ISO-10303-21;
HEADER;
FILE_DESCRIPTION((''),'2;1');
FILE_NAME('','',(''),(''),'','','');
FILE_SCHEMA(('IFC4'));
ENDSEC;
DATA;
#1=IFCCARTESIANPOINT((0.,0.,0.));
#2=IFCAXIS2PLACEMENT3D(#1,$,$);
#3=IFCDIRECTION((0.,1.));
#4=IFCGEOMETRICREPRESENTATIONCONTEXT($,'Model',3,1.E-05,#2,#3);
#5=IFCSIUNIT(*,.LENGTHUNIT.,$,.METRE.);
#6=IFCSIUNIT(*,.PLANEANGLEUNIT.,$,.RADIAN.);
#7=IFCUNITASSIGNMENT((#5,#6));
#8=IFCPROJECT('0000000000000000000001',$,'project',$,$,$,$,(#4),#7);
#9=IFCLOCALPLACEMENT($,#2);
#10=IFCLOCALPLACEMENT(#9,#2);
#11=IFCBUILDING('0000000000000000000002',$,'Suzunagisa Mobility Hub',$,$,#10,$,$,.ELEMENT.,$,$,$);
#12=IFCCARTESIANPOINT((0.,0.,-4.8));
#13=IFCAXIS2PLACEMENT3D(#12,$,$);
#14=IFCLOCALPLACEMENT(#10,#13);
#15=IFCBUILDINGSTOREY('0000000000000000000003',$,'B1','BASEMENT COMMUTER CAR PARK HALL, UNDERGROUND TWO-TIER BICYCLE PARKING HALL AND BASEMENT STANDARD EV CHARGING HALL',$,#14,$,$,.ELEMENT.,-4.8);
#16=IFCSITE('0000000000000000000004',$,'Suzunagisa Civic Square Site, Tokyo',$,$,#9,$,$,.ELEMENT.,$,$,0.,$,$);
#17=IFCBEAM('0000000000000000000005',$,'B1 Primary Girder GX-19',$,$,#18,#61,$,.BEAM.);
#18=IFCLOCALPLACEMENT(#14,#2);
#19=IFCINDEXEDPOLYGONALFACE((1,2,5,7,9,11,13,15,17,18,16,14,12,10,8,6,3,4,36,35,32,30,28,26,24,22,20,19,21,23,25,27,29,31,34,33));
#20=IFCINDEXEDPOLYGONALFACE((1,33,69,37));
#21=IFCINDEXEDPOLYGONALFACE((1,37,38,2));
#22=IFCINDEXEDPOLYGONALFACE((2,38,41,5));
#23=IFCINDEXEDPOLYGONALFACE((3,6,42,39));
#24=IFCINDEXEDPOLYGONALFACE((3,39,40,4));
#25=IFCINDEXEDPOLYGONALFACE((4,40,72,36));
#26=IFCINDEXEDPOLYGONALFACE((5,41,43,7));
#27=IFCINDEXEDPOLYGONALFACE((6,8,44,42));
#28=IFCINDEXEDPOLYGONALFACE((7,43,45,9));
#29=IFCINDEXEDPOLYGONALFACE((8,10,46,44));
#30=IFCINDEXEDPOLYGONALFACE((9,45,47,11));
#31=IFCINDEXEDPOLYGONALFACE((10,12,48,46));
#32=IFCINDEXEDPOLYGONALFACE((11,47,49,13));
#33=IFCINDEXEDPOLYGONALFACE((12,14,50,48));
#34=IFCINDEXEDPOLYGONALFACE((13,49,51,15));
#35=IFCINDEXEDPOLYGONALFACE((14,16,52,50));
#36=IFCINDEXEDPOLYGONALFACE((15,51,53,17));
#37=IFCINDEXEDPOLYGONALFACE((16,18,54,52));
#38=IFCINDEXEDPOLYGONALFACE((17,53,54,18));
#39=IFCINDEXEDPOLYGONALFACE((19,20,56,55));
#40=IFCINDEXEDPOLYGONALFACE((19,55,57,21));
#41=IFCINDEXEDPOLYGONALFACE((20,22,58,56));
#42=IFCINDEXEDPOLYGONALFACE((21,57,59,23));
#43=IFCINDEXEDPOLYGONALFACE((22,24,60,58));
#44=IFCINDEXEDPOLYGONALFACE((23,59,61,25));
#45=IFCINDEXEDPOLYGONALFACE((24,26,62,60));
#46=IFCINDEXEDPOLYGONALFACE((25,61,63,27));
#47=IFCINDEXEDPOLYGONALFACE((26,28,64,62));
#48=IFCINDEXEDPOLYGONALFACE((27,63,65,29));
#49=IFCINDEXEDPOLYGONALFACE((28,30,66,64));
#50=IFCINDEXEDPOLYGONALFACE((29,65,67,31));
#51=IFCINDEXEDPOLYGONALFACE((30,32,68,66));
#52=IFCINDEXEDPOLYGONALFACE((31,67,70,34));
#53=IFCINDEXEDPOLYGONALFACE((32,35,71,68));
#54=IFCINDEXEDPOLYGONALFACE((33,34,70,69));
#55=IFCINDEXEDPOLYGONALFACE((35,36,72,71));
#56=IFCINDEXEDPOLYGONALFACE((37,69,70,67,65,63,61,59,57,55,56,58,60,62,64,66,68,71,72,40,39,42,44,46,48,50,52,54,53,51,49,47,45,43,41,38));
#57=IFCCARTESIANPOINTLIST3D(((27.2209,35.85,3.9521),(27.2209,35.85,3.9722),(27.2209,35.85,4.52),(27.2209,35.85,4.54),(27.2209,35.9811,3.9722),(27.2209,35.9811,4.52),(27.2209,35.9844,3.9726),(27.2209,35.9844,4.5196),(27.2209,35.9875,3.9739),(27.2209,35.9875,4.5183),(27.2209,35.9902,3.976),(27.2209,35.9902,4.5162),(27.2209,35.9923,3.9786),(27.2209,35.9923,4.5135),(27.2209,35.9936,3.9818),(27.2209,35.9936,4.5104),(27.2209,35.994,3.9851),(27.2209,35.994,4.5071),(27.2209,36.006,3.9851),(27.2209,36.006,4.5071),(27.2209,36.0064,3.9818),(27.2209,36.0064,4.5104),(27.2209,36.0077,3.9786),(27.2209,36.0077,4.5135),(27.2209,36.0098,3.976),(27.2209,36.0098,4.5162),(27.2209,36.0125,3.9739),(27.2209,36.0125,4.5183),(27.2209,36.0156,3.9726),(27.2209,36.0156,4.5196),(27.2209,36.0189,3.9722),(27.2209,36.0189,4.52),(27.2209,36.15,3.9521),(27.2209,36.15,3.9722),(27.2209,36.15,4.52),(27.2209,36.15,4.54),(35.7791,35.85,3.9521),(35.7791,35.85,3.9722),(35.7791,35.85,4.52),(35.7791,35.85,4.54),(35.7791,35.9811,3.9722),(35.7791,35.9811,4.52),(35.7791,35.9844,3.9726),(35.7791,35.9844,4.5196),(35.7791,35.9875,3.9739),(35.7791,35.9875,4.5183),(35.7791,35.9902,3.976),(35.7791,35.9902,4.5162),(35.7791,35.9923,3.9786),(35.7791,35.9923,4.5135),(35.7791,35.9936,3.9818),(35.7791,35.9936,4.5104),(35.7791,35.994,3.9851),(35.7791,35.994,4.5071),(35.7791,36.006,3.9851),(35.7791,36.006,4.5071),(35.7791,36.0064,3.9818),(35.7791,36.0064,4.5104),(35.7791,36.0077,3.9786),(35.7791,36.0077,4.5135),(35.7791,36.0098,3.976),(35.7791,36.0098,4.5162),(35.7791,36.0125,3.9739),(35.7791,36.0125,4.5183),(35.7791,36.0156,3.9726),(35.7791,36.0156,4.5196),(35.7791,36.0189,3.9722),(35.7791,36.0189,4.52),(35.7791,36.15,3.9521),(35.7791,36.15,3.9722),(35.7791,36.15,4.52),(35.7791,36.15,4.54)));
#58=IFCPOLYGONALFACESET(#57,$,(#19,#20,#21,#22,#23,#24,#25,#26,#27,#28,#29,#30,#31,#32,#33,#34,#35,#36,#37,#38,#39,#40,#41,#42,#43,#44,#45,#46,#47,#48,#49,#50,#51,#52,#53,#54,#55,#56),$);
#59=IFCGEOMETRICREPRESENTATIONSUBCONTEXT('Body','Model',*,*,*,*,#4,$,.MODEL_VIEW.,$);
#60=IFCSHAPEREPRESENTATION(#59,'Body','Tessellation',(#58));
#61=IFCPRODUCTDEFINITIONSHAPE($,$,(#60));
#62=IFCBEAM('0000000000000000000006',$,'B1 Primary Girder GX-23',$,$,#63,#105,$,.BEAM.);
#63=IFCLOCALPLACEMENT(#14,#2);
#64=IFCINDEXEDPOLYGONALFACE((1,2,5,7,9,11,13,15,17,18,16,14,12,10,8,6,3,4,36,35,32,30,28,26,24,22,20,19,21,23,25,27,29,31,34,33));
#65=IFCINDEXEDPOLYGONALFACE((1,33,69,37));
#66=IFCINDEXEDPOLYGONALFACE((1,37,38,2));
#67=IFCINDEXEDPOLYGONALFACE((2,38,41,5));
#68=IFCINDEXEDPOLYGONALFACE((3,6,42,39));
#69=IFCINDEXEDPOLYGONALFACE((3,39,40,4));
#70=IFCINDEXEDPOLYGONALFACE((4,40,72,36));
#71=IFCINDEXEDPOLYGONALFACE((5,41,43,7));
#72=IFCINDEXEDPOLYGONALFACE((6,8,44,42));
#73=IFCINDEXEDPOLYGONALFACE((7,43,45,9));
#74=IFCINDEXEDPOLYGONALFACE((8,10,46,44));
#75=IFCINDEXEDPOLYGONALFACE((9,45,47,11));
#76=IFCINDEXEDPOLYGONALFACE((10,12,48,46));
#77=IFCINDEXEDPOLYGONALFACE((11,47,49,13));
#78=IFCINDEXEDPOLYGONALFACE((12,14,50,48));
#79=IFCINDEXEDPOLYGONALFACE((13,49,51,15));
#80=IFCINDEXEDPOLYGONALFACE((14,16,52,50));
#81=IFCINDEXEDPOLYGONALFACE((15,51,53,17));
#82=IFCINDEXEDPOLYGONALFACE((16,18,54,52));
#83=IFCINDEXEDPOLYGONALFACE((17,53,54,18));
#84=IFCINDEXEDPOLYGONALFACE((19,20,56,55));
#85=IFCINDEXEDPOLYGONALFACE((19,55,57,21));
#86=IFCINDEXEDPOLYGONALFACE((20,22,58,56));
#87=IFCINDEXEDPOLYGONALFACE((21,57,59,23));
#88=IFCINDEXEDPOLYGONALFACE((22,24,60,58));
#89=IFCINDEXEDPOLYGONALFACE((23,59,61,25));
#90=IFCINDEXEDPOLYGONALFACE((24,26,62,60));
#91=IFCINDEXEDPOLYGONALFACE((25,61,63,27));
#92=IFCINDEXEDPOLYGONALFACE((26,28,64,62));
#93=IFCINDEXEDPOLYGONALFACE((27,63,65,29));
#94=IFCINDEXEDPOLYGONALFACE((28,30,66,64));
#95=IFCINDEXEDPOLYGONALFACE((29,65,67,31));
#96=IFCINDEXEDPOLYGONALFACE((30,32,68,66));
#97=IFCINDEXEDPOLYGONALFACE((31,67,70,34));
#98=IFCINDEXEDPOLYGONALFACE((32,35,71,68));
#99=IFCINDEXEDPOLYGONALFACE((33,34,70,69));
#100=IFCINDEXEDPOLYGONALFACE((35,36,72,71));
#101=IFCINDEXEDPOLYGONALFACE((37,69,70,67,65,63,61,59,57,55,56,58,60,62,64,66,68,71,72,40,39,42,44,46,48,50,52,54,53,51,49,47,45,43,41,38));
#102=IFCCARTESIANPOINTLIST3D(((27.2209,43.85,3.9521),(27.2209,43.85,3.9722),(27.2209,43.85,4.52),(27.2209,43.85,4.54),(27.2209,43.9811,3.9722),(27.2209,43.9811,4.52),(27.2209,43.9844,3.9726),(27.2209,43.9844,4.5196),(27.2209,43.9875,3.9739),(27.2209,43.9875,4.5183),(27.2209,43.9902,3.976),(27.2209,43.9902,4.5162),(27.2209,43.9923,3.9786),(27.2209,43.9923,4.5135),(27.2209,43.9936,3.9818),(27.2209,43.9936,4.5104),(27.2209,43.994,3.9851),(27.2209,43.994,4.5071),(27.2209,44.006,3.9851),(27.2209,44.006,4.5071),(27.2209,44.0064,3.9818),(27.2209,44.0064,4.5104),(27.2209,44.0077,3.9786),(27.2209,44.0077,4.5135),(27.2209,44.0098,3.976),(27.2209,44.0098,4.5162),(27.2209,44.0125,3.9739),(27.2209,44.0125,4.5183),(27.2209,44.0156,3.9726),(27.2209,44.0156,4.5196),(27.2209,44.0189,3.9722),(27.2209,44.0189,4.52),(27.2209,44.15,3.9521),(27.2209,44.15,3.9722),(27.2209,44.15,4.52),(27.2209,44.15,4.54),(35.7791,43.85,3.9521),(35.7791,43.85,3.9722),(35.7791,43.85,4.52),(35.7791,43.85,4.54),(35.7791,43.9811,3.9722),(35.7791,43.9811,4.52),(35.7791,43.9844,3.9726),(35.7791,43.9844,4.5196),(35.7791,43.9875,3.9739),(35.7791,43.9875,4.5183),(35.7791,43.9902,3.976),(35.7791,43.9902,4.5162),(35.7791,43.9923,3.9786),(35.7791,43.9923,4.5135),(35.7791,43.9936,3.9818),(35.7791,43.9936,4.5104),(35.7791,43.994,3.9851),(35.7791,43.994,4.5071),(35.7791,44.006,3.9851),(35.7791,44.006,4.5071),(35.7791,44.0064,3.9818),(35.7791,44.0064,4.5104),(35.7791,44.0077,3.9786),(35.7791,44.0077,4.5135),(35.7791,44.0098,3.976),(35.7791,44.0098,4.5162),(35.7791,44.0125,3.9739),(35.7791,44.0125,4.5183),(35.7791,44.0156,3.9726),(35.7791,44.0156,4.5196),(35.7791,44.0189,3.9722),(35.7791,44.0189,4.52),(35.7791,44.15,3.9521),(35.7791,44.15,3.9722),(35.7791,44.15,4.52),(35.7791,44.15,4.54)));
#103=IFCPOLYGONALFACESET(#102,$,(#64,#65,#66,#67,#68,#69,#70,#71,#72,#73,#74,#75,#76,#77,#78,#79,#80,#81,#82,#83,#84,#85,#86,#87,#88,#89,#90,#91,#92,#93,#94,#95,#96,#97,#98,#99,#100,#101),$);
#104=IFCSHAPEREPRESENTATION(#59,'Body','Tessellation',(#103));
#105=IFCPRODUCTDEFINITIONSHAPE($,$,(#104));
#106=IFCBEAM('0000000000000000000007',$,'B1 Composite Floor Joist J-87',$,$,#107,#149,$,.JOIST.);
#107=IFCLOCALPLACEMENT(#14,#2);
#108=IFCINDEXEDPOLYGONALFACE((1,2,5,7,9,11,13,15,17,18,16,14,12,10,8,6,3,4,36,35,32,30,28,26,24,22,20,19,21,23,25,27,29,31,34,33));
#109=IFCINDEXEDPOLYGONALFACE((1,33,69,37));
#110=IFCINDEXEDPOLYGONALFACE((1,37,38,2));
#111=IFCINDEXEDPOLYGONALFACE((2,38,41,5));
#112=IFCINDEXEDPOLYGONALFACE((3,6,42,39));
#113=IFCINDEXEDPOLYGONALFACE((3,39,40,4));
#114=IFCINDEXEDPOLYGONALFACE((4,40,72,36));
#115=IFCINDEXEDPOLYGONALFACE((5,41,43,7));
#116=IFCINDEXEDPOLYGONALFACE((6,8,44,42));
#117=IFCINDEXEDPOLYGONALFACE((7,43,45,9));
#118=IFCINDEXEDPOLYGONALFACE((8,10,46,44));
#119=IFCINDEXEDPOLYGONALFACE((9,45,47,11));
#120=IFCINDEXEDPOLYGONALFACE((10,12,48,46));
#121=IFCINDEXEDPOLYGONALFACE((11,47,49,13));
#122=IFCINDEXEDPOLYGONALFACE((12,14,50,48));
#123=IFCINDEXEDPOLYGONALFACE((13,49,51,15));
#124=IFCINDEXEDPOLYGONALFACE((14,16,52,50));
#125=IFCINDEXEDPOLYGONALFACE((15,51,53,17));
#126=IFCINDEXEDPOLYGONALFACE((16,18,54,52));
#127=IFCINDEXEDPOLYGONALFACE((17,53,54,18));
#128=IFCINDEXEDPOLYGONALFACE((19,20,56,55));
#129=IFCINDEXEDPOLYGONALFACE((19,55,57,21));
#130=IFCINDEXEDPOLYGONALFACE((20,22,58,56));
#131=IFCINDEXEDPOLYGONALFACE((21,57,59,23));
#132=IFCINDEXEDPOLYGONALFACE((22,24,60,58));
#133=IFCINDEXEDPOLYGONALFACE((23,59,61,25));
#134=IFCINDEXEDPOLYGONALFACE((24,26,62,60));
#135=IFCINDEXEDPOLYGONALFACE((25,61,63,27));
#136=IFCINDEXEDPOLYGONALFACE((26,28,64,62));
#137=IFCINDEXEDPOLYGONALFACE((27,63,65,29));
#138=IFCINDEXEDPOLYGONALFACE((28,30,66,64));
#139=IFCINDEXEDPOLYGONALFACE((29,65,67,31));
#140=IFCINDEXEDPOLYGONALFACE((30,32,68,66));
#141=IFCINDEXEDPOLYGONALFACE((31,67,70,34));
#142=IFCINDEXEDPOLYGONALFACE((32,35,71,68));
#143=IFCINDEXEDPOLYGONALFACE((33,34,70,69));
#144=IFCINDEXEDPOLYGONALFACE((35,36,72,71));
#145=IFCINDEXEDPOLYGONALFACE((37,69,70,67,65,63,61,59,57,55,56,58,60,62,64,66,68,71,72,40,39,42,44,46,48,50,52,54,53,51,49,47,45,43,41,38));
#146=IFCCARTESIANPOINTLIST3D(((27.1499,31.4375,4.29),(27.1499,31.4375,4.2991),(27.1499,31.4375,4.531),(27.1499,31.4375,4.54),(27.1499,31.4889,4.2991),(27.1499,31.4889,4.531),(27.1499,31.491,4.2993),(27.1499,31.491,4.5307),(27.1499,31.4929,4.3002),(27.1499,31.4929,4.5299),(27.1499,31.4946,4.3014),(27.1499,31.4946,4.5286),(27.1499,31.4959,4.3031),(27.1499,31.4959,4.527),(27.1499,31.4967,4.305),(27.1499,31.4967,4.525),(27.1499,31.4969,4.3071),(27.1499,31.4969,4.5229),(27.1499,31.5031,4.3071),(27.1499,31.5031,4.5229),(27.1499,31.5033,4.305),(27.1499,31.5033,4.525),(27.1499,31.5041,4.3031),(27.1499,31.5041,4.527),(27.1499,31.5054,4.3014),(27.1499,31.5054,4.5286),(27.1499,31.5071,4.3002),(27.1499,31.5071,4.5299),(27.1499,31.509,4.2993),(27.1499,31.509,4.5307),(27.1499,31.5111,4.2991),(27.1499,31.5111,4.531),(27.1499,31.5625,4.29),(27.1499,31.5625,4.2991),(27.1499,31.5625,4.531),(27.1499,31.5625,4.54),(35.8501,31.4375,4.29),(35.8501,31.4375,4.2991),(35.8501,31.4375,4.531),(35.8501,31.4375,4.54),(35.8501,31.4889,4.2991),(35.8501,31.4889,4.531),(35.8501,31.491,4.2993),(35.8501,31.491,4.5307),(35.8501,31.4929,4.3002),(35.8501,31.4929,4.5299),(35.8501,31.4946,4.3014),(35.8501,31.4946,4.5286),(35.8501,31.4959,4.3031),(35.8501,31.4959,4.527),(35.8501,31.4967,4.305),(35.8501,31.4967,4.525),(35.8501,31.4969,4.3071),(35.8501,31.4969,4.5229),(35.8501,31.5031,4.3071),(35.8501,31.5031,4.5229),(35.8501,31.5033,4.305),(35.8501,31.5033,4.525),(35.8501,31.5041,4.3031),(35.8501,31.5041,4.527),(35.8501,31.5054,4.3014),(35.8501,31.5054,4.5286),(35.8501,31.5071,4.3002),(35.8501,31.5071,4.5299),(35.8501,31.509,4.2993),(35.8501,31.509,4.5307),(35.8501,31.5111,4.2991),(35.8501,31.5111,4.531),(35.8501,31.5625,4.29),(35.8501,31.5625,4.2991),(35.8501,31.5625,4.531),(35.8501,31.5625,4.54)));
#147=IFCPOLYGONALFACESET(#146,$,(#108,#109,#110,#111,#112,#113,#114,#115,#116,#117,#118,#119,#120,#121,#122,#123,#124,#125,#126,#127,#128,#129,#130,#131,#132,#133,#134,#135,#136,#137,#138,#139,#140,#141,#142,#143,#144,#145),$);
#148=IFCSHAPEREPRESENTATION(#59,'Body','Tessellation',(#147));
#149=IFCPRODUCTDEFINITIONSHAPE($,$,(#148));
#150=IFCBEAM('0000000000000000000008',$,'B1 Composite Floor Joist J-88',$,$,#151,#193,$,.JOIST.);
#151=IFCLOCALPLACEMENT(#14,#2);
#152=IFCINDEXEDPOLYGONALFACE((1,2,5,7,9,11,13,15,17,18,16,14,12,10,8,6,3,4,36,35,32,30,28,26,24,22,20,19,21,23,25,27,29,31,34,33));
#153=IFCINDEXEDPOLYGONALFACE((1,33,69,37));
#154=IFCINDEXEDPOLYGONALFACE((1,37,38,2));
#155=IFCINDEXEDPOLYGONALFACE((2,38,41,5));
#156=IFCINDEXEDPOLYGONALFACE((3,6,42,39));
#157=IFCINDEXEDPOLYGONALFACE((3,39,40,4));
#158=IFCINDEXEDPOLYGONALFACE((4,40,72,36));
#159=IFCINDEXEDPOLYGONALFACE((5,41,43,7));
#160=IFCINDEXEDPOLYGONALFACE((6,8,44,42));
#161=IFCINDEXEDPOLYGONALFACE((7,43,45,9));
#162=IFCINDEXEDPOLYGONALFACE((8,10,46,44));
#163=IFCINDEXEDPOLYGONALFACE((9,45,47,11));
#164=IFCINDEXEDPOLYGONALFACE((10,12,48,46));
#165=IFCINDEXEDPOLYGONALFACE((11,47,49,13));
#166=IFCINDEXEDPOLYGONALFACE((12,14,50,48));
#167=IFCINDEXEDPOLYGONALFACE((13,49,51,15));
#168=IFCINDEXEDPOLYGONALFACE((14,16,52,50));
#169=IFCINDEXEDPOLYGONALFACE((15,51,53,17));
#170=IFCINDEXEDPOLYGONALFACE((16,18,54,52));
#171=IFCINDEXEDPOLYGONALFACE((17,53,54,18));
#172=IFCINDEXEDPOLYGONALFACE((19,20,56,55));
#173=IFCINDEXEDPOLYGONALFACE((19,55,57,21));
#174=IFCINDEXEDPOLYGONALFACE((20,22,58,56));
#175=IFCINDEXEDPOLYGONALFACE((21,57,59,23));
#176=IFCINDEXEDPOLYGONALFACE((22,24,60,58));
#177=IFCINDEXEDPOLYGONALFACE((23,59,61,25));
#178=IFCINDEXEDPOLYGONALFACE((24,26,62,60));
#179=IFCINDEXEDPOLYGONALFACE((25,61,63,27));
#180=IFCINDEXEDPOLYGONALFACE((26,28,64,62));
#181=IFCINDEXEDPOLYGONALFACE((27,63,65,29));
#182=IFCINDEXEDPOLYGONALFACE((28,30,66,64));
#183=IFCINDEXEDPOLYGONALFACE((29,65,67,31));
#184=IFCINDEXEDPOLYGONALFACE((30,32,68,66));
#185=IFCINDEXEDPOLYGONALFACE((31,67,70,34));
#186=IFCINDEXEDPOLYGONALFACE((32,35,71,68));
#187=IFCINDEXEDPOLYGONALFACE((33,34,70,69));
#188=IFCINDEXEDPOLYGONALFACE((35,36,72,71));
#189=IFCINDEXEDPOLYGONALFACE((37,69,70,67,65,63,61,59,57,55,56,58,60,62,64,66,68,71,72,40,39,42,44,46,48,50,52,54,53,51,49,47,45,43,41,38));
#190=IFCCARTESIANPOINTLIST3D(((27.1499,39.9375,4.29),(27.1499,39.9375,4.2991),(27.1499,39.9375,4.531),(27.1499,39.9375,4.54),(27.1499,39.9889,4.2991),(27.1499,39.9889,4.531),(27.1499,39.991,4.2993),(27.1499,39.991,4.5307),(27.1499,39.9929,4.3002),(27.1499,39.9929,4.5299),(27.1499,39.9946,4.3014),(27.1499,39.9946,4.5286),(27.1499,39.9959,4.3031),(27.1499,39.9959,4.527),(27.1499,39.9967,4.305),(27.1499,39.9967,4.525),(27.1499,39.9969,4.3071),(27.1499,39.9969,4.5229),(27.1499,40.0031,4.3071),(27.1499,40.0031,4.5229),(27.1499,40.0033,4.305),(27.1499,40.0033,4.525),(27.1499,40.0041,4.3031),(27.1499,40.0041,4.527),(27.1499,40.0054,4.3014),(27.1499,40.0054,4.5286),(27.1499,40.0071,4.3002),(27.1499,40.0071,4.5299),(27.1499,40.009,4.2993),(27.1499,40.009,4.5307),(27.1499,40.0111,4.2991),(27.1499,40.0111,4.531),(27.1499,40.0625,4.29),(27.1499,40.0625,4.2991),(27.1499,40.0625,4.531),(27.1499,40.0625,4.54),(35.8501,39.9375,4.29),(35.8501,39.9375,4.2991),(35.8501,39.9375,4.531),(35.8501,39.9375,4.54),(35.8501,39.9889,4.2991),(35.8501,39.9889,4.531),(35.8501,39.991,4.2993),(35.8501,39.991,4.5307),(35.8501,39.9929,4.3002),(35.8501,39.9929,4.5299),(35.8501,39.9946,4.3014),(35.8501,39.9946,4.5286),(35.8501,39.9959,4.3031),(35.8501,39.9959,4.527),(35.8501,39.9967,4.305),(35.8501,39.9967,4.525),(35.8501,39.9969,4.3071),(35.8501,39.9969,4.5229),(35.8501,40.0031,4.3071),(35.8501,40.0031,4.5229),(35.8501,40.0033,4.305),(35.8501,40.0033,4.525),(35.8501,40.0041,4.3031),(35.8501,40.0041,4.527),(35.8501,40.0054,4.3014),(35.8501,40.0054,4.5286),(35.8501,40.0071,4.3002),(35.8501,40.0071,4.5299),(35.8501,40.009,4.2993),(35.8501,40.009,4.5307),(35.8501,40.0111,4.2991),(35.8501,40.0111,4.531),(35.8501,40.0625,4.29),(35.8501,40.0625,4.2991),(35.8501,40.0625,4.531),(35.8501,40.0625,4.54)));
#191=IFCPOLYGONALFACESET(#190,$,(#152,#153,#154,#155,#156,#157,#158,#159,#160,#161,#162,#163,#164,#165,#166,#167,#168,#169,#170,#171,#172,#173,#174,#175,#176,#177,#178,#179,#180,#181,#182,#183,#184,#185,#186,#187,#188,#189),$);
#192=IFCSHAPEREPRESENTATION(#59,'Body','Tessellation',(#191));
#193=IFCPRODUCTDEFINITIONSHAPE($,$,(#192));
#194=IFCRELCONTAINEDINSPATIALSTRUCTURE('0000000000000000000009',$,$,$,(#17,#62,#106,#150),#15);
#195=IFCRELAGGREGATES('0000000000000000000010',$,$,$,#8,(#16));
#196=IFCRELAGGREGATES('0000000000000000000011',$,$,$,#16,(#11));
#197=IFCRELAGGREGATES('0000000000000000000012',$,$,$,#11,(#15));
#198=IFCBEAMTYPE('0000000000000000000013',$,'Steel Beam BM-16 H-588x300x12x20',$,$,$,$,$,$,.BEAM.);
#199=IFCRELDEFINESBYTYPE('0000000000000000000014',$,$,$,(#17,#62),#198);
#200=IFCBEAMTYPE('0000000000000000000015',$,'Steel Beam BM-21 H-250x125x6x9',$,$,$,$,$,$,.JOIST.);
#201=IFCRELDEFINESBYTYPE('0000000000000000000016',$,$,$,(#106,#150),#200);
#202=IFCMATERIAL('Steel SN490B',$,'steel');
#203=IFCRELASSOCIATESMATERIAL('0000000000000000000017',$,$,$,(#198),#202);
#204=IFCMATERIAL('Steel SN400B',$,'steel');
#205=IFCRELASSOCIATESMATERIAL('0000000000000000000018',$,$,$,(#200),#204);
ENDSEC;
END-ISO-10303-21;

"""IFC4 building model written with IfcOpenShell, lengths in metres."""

from ifc_helpers import new_model, si_unit, direction, frame, origin, origin_2d, place, context, subcontext, project, spatial, i_section, extrude, material, material_profile, profile_set, type_object, element, save


model = new_model("IFC4")

# Units and contexts
model_context = context("Model", 3, precision=1e-05, world=origin(), true_north=direction((0.0, 1.0)))
body_context = subcontext(model_context, "Body", "Model", "MODEL_VIEW")
ifc_project = project(units=[si_unit("LENGTHUNIT", "METRE"), si_unit("PLANEANGLEUNIT", "RADIAN")], contexts=[model_context])

# Site, building, storey
site_placement = place(None, origin())
site = spatial("IfcSite", under=ifc_project, at=site_placement, Name="Suzunagisa Civic Square Site, Tokyo", CompositionType="ELEMENT", RefElevation=0.0)
building_placement = place(site_placement, origin())
building = spatial("IfcBuilding", under=site, at=building_placement, Name="Suzunagisa Mobility Hub", CompositionType="ELEMENT")
storey_placement = place(building_placement, frame((0.0, 0.0, -4.8)))
storey = spatial("IfcBuildingStorey", under=building, at=storey_placement, Name="B1", Description="BASEMENT COMMUTER CAR PARK HALL, UNDERGROUND TWO-TIER BICYCLE PARKING HALL AND BASEMENT STANDARD EV CHARGING HALL", CompositionType="ELEMENT", Elevation=-4.8)

# Shared definitions
ifc_material_1 = material(Name="Steel SN490B", Category="steel")

# Beams
ifc_material_profile_1 = material_profile(ifc_material_1, i_section(OverallWidth=0.3, OverallDepth=0.5879, WebThickness=0.012, FlangeThickness=0.02, FilletRadius=0.0129, at=origin_2d()), Name="H-588x300x12x20")
ifc_profile_set_1 = profile_set([ifc_material_profile_1], Name="Steel SN490B")
beam_type_1 = type_object("IfcBeamType", Name="Steel Beam BM-16 H-588x300x12x20", PredefinedType="BEAM", material=ifc_profile_set_1)
for number, where, z_axis, x_axis, name in (
    (1, (27.2209, 36.0, 4.2461), (1.0, 0.0, 0.0), (0.0, 1.0, 0.0), "B1 Primary Girder GX-19"),
    (2, (27.2209, 44.0, 4.2461), (1.0, 0.0, 0.0), (0.0, 1.0, 0.0), "B1 Primary Girder GX-23"),
):
    element("IfcBeam", number, at=place(storey_placement, frame(where, z_axis=z_axis, x_axis=x_axis)), inside=storey, type_object=beam_type_1, Name=name, PredefinedType="BEAM", context=body_context, shape_type="SweptSolid", body=[
        extrude(i_section(OverallWidth=0.3, OverallDepth=0.5879, WebThickness=0.012, FlangeThickness=0.02, FilletRadius=0.0129, at=origin_2d()), origin(), (0.0, 0.0, 1.0), 8.5581),
    ])
ifc_material_2 = material(Name="Steel SN400B", Category="steel")
ifc_material_profile_2 = material_profile(ifc_material_2, i_section(OverallWidth=0.125, OverallDepth=0.25, WebThickness=0.0061, FlangeThickness=0.009, FilletRadius=0.0081, at=origin_2d()), Name="H-250x125x6x9")
ifc_profile_set_2 = profile_set([ifc_material_profile_2], Name="Steel SN400B")
beam_type_2 = type_object("IfcBeamType", Name="Steel Beam BM-21 H-250x125x6x9", PredefinedType="JOIST", material=ifc_profile_set_2)
for number, where, z_axis, x_axis, name in (
    (3, (27.1499, 31.5, 4.415), (1.0, 0.0, 0.0), (0.0, 1.0, 0.0), "B1 Composite Floor Joist J-87"),
    (4, (27.1499, 40.0, 4.415), (1.0, 0.0, 0.0), (0.0, 1.0, 0.0), "B1 Composite Floor Joist J-88"),
):
    element("IfcBeam", number, at=place(storey_placement, frame(where, z_axis=z_axis, x_axis=x_axis)), inside=storey, type_object=beam_type_2, Name=name, PredefinedType="JOIST", context=body_context, shape_type="SweptSolid", body=[
        extrude(i_section(OverallWidth=0.125, OverallDepth=0.25, WebThickness=0.0061, FlangeThickness=0.009, FilletRadius=0.0081, at=origin_2d()), origin(), (0.0, 0.0, 1.0), 8.7002),
    ])

save(model, "model.ifc")
